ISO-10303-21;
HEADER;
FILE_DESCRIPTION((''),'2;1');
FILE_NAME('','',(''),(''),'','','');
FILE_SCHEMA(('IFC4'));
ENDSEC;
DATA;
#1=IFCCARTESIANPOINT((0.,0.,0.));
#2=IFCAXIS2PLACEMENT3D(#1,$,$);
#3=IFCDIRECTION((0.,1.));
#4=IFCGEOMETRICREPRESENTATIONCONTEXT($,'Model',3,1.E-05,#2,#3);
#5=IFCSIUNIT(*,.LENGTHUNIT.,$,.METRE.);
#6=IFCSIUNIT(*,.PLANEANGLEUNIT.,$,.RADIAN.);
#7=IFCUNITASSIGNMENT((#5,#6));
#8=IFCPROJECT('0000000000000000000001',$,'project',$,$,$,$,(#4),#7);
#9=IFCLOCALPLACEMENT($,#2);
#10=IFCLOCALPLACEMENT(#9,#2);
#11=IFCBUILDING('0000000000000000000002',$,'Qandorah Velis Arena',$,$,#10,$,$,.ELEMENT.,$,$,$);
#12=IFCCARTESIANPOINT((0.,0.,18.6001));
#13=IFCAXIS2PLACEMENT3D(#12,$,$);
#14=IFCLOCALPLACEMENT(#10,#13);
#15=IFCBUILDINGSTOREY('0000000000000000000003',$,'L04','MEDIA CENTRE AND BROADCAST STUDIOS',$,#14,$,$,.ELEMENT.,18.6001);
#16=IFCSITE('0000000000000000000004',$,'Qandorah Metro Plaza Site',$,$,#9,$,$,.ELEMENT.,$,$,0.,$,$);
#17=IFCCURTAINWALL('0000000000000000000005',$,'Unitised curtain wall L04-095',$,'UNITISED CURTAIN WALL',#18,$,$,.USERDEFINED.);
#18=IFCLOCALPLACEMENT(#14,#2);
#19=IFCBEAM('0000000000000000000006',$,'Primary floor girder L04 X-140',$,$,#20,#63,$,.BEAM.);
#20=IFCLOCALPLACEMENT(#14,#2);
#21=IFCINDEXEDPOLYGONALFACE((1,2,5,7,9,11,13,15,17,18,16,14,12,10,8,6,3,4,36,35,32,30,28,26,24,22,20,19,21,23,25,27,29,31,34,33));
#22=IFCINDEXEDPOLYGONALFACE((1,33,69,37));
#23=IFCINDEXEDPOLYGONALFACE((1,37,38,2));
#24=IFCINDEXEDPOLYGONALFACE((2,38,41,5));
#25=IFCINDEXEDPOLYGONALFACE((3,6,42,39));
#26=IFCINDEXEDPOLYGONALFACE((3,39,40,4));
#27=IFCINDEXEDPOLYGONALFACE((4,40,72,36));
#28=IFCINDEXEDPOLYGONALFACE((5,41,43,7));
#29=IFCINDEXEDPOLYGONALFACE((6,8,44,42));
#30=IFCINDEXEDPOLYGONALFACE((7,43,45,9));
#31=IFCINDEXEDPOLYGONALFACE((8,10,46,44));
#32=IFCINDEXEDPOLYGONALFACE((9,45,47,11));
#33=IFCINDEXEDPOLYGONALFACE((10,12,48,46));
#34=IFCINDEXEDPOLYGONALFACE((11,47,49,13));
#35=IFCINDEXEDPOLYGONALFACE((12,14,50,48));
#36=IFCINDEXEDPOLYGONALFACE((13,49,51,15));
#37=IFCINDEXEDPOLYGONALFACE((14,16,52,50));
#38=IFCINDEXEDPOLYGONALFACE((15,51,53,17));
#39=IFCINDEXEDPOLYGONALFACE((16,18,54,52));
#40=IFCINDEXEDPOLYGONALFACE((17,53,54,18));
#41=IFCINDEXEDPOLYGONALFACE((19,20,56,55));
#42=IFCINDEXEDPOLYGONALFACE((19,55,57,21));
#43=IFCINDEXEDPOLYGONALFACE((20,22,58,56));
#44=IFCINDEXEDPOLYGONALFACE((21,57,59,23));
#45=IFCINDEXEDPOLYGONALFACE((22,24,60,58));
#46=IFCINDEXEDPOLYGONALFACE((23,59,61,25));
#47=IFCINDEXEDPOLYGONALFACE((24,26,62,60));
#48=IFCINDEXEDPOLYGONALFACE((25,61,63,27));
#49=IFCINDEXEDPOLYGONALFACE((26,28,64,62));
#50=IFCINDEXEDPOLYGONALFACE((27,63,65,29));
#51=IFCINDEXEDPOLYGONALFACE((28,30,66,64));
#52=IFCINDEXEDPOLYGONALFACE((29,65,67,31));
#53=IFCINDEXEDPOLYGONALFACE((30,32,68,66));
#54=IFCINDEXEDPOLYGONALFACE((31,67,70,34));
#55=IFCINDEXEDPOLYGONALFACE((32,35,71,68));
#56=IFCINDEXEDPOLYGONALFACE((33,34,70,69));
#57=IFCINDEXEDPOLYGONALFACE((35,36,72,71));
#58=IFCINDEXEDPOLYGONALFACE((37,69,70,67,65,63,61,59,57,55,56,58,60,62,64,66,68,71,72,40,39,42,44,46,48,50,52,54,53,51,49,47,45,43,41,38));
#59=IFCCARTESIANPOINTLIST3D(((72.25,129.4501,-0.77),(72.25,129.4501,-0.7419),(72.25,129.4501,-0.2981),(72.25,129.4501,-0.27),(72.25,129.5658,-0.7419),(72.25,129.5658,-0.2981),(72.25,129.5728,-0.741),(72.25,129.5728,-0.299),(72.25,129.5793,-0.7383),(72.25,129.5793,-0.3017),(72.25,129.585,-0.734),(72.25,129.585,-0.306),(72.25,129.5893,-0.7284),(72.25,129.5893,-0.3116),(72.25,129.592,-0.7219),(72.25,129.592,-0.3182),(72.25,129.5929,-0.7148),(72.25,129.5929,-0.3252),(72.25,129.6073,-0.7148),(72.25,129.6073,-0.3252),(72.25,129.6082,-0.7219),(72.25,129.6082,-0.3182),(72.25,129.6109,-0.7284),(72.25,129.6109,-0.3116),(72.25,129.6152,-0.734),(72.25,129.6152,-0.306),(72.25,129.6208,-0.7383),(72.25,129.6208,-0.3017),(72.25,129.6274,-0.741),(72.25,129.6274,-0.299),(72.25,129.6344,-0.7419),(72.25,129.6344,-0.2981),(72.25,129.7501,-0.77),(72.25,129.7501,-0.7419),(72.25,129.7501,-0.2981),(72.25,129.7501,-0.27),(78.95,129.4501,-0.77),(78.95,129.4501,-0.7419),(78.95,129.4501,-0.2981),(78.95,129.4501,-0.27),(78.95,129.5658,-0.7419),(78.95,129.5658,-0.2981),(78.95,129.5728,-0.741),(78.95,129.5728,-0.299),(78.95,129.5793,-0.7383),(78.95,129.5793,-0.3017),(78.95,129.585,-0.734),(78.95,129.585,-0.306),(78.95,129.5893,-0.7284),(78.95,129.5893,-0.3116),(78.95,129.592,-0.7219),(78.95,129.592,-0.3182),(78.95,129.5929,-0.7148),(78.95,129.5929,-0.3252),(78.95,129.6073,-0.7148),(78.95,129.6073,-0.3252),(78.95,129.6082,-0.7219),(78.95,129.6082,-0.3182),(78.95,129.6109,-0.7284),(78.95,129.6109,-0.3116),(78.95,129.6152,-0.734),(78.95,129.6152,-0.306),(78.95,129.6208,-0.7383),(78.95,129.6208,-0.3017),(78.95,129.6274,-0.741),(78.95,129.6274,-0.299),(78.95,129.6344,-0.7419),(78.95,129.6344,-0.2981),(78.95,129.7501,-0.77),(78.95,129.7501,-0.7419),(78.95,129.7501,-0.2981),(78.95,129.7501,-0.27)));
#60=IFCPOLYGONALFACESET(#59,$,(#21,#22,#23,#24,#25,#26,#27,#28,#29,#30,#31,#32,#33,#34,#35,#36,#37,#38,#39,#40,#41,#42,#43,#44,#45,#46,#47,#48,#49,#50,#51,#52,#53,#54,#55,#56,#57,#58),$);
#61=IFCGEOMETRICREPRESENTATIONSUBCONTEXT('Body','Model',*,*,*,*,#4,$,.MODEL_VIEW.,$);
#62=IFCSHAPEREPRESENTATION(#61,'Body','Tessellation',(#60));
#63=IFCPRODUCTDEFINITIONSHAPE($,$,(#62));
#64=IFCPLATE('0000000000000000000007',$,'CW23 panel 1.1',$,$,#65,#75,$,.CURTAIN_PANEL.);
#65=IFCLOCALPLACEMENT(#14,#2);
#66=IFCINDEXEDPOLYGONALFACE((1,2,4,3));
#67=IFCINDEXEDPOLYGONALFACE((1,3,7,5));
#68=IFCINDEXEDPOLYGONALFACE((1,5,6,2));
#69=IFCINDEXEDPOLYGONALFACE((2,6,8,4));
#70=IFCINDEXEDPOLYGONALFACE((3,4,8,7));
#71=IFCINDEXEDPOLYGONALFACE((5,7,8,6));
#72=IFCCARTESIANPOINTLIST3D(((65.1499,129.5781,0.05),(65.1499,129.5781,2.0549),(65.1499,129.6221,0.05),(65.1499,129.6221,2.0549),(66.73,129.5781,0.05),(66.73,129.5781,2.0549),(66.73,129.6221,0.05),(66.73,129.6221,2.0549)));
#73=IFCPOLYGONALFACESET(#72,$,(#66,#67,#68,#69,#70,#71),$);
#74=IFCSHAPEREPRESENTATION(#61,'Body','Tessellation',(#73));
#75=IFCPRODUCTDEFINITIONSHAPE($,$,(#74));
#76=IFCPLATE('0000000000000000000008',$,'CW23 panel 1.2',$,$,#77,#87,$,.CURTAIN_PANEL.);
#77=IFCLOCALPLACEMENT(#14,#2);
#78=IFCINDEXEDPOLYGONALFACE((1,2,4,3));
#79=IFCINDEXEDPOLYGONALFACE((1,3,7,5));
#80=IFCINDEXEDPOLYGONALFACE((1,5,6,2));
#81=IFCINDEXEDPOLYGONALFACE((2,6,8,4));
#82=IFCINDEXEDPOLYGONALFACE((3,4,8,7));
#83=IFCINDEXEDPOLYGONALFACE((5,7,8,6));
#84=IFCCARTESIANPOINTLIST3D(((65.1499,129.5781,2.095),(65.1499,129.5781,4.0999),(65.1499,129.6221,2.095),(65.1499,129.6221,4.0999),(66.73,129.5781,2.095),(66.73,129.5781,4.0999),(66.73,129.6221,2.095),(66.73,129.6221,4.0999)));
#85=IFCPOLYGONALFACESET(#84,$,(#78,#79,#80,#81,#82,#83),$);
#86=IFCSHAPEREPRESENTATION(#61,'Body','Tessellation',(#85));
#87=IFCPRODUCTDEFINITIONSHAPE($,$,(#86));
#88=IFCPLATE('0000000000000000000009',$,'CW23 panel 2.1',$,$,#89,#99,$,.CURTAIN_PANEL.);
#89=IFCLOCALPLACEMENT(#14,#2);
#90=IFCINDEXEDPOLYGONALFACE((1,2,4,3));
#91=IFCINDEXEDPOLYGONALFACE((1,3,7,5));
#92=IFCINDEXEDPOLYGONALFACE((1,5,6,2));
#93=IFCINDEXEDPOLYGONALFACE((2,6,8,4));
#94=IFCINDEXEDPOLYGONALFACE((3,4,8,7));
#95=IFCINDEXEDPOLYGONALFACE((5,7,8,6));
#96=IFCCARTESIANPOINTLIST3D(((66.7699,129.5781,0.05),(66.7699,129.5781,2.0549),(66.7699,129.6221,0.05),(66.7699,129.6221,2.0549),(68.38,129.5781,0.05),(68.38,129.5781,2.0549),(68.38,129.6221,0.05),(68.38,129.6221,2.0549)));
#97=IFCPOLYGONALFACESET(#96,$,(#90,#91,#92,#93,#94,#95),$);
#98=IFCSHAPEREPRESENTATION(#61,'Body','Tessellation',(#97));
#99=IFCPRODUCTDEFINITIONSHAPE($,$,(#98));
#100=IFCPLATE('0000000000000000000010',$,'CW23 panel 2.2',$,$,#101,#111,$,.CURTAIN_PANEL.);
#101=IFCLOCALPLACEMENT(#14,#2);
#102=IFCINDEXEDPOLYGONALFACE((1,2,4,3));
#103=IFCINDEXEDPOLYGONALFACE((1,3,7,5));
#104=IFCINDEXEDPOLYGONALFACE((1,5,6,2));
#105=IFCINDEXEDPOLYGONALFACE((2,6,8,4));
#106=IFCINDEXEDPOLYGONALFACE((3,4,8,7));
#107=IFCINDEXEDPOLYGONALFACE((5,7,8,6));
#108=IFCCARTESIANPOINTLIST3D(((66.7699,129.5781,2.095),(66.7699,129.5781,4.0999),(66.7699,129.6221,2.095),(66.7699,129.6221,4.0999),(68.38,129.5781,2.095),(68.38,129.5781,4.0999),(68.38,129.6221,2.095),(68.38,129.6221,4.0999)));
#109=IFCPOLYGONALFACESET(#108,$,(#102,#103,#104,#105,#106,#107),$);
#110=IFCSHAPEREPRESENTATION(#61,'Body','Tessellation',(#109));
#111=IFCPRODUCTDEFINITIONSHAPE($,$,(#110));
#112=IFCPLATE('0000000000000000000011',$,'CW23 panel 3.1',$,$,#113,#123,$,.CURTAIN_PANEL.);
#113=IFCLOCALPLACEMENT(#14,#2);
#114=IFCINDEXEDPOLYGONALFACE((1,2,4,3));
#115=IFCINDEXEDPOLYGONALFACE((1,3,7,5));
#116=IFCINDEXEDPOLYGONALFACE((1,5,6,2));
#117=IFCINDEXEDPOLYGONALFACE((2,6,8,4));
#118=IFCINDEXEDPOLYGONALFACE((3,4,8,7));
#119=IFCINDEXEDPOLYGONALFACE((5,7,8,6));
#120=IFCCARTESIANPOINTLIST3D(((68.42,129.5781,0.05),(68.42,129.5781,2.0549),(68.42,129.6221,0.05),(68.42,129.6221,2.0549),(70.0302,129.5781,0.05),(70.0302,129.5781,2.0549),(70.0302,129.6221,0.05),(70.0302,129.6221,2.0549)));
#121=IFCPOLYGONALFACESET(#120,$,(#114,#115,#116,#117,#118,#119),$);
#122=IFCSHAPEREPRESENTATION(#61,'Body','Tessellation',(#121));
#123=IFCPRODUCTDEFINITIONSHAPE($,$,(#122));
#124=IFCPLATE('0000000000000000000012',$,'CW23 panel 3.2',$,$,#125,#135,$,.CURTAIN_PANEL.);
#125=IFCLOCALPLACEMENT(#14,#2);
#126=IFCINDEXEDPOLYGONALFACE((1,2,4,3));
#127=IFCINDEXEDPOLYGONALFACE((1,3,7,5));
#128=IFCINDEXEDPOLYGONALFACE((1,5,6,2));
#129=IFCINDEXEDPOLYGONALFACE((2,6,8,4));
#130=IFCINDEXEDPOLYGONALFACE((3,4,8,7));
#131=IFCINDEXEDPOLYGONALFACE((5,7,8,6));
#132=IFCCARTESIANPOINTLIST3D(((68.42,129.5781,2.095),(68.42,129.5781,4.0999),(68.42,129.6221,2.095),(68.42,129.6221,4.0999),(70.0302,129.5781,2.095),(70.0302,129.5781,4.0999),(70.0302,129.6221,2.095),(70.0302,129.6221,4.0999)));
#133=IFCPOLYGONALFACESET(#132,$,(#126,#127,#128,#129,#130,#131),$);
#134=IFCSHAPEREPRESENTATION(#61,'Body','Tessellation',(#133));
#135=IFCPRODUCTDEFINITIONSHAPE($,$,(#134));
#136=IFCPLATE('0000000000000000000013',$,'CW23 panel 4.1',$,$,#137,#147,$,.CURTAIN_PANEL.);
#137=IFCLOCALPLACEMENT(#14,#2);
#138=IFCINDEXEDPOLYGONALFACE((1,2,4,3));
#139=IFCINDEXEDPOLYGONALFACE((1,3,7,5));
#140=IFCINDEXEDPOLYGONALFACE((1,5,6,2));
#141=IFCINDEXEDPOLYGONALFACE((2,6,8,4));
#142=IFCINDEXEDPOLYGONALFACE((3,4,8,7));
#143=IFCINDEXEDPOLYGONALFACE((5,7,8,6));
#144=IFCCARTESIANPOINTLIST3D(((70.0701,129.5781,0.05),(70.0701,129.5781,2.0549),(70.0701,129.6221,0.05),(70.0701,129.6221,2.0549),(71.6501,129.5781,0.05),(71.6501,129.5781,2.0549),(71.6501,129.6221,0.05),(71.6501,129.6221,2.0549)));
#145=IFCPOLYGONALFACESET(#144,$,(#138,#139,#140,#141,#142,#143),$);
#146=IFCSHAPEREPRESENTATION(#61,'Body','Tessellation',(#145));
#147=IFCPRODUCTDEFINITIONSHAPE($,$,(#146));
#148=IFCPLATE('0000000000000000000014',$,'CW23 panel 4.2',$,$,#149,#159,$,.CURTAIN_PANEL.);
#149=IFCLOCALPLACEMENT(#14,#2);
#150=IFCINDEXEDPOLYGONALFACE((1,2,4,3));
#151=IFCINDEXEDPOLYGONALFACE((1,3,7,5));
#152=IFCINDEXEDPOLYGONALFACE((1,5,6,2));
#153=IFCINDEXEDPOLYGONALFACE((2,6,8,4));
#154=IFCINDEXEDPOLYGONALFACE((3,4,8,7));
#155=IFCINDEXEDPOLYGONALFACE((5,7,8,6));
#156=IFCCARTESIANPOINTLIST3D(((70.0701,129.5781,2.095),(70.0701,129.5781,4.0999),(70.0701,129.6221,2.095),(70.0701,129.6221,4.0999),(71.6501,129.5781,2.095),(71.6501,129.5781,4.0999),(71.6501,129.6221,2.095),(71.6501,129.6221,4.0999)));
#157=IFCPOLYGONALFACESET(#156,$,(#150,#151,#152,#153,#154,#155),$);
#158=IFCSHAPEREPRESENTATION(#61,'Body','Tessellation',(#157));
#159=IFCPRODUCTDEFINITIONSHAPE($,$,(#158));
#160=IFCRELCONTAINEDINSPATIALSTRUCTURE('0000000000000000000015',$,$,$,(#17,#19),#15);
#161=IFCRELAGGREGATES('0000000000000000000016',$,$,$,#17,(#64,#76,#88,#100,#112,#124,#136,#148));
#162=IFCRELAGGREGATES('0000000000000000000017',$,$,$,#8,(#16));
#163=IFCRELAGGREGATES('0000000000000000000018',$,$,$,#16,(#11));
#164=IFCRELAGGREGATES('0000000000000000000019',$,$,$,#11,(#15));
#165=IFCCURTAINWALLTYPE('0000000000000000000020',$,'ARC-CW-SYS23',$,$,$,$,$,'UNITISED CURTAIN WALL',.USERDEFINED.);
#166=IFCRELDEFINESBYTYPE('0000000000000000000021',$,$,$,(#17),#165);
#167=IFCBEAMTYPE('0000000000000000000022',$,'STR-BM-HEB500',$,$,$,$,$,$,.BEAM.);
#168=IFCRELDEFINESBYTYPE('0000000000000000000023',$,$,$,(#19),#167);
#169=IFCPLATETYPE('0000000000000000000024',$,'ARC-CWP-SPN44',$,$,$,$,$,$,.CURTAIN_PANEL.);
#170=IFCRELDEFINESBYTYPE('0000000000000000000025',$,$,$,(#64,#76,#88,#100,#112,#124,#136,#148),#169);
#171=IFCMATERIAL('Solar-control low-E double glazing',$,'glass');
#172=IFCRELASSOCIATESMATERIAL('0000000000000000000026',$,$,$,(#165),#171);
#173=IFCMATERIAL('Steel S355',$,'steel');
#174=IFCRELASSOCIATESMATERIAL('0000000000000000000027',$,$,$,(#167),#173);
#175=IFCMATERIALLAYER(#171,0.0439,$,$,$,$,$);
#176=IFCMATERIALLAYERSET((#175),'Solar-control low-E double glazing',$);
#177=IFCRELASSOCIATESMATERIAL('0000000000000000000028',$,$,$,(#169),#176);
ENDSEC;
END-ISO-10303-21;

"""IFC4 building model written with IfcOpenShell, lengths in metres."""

from ifc_helpers import new_model, si_unit, direction, frame, origin, origin_2d, place, context, subcontext, project, spatial, rectangle, i_section, extrude, material, layer, layer_set, material_profile, profile_set, type_object, element, aggregate, save


model = new_model("IFC4")

# Units and contexts
model_context = context("Model", 3, precision=1e-05, world=origin(), true_north=direction((0.0, 1.0)))
body_context = subcontext(model_context, "Body", "Model", "MODEL_VIEW")
ifc_project = project(units=[si_unit("LENGTHUNIT", "METRE"), si_unit("PLANEANGLEUNIT", "RADIAN")], contexts=[model_context])

# Site, building, storey
site_placement = place(None, origin())
site = spatial("IfcSite", under=ifc_project, at=site_placement, Name="Qandorah Metro Plaza Site", CompositionType="ELEMENT", RefElevation=0.0)
building_placement = place(site_placement, origin())
building = spatial("IfcBuilding", under=site, at=building_placement, Name="Qandorah Velis Arena", CompositionType="ELEMENT")
storey_placement = place(building_placement, frame((0.0, 0.0, 18.6001)))
storey = spatial("IfcBuildingStorey", under=building, at=storey_placement, Name="L04", Description="MEDIA CENTRE AND BROADCAST STUDIOS", CompositionType="ELEMENT", Elevation=18.6001)

# Shared definitions
ifc_material_1 = material(Name="Steel S355", Category="steel")

# Curtain wall
ifc_material_2 = material(Name="Solar-control low-E double glazing", Category="glass")
curtain_wall_type = type_object("IfcCurtainWallType", Name="ARC-CW-SYS23", ElementType="UNITISED CURTAIN WALL", PredefinedType="USERDEFINED", material=ifc_material_2)
curtain_wall_placement = place(storey_placement, origin())
curtain_wall = element("IfcCurtainWall", 1, at=curtain_wall_placement, inside=storey, type_object=curtain_wall_type, Name="Unitised curtain wall L04-095", ObjectType="UNITISED CURTAIN WALL", PredefinedType="USERDEFINED")

# Beam
ifc_material_profile_1 = material_profile(ifc_material_1, i_section(OverallWidth=0.3, OverallDepth=0.5, WebThickness=0.0144, FlangeThickness=0.0281, FilletRadius=0.0271, at=origin_2d()), Name="HEB 500")
ifc_profile_set_1 = profile_set([ifc_material_profile_1], Name="Steel S355")
beam_type = type_object("IfcBeamType", Name="STR-BM-HEB500", PredefinedType="BEAM", material=ifc_profile_set_1)
beam_placement = place(storey_placement, frame((72.25, 129.6001, -0.52), z_axis=(1.0, 0.0, 0.0), x_axis=(0.0, 1.0, 0.0)))
element("IfcBeam", 2, at=beam_placement, inside=storey, type_object=beam_type, Name="Primary floor girder L04 X-140", PredefinedType="BEAM", context=body_context, shape_type="SweptSolid", body=[
    extrude(i_section(OverallWidth=0.3, OverallDepth=0.5, WebThickness=0.0144, FlangeThickness=0.0281, FilletRadius=0.0271, at=origin_2d()), origin(), (0.0, 0.0, 1.0), 6.7),
])

# Plates
ifc_layer = layer(ifc_material_2, 0.0439)
ifc_layer_set = layer_set([ifc_layer], Name="Solar-control low-E double glazing")
plate_type = type_object("IfcPlateType", Name="ARC-CWP-SPN44", PredefinedType="CURTAIN_PANEL", material=ifc_layer_set)
plate_1_placement = place(storey_placement, frame((65.9399, 129.6001, 0.05), z_axis=(0.0, 0.0, 1.0), x_axis=(1.0, 0.0, 0.0)))
plate_1 = element("IfcPlate", 3, at=plate_1_placement, type_object=plate_type, Name="CW23 panel 1.1", PredefinedType="CURTAIN_PANEL", context=body_context, shape_type="SweptSolid", body=[
    extrude(rectangle(XDim=1.5801, YDim=0.0439, at=origin_2d()), origin(), (0.0, 0.0, 1.0), 2.0049),
])
plate_2_placement = place(storey_placement, frame((65.9399, 129.6001, 2.095), z_axis=(0.0, 0.0, 1.0), x_axis=(1.0, 0.0, 0.0)))
plate_2 = element("IfcPlate", 4, at=plate_2_placement, type_object=plate_type, Name="CW23 panel 1.2", PredefinedType="CURTAIN_PANEL", context=body_context, shape_type="SweptSolid", body=[
    extrude(rectangle(XDim=1.5801, YDim=0.0439, at=origin_2d()), origin(), (0.0, 0.0, 1.0), 2.0049),
])
plate_3_placement = place(storey_placement, frame((67.575, 129.6001, 0.05), z_axis=(0.0, 0.0, 1.0), x_axis=(1.0, 0.0, 0.0)))
plate_3 = element("IfcPlate", 5, at=plate_3_placement, type_object=plate_type, Name="CW23 panel 2.1", PredefinedType="CURTAIN_PANEL", context=body_context, shape_type="SweptSolid", body=[
    extrude(rectangle(XDim=1.6101, YDim=0.0439, at=origin_2d()), origin(), (0.0, 0.0, 1.0), 2.0049),
])
plate_4_placement = place(storey_placement, frame((67.575, 129.6001, 2.095), z_axis=(0.0, 0.0, 1.0), x_axis=(1.0, 0.0, 0.0)))
plate_4 = element("IfcPlate", 6, at=plate_4_placement, type_object=plate_type, Name="CW23 panel 2.2", PredefinedType="CURTAIN_PANEL", context=body_context, shape_type="SweptSolid", body=[
    extrude(rectangle(XDim=1.6101, YDim=0.0439, at=origin_2d()), origin(), (0.0, 0.0, 1.0), 2.0049),
])
plate_5_placement = place(storey_placement, frame((69.2251, 129.6001, 0.05), z_axis=(0.0, 0.0, 1.0), x_axis=(1.0, 0.0, 0.0)))
plate_5 = element("IfcPlate", 7, at=plate_5_placement, type_object=plate_type, Name="CW23 panel 3.1", PredefinedType="CURTAIN_PANEL", context=body_context, shape_type="SweptSolid", body=[
    extrude(rectangle(XDim=1.6101, YDim=0.0439, at=origin_2d()), origin(), (0.0, 0.0, 1.0), 2.0049),
])
plate_6_placement = place(storey_placement, frame((69.2251, 129.6001, 2.095), z_axis=(0.0, 0.0, 1.0), x_axis=(1.0, 0.0, 0.0)))
plate_6 = element("IfcPlate", 8, at=plate_6_placement, type_object=plate_type, Name="CW23 panel 3.2", PredefinedType="CURTAIN_PANEL", context=body_context, shape_type="SweptSolid", body=[
    extrude(rectangle(XDim=1.6101, YDim=0.0439, at=origin_2d()), origin(), (0.0, 0.0, 1.0), 2.0049),
])
plate_7_placement = place(storey_placement, frame((70.8601, 129.6001, 0.05), z_axis=(0.0, 0.0, 1.0), x_axis=(1.0, 0.0, 0.0)))
plate_7 = element("IfcPlate", 9, at=plate_7_placement, type_object=plate_type, Name="CW23 panel 4.1", PredefinedType="CURTAIN_PANEL", context=body_context, shape_type="SweptSolid", body=[
    extrude(rectangle(XDim=1.5801, YDim=0.0439, at=origin_2d()), origin(), (0.0, 0.0, 1.0), 2.0049),
])
plate_8_placement = place(storey_placement, frame((70.8601, 129.6001, 2.095), z_axis=(0.0, 0.0, 1.0), x_axis=(1.0, 0.0, 0.0)))
plate_8 = element("IfcPlate", 10, at=plate_8_placement, type_object=plate_type, Name="CW23 panel 4.2", PredefinedType="CURTAIN_PANEL", context=body_context, shape_type="SweptSolid", body=[
    extrude(rectangle(XDim=1.5801, YDim=0.0439, at=origin_2d()), origin(), (0.0, 0.0, 1.0), 2.0049),
])
aggregate(curtain_wall, [plate_1, plate_2, plate_3, plate_4, plate_5, plate_6, plate_7, plate_8])

save(model, "model.ifc")
